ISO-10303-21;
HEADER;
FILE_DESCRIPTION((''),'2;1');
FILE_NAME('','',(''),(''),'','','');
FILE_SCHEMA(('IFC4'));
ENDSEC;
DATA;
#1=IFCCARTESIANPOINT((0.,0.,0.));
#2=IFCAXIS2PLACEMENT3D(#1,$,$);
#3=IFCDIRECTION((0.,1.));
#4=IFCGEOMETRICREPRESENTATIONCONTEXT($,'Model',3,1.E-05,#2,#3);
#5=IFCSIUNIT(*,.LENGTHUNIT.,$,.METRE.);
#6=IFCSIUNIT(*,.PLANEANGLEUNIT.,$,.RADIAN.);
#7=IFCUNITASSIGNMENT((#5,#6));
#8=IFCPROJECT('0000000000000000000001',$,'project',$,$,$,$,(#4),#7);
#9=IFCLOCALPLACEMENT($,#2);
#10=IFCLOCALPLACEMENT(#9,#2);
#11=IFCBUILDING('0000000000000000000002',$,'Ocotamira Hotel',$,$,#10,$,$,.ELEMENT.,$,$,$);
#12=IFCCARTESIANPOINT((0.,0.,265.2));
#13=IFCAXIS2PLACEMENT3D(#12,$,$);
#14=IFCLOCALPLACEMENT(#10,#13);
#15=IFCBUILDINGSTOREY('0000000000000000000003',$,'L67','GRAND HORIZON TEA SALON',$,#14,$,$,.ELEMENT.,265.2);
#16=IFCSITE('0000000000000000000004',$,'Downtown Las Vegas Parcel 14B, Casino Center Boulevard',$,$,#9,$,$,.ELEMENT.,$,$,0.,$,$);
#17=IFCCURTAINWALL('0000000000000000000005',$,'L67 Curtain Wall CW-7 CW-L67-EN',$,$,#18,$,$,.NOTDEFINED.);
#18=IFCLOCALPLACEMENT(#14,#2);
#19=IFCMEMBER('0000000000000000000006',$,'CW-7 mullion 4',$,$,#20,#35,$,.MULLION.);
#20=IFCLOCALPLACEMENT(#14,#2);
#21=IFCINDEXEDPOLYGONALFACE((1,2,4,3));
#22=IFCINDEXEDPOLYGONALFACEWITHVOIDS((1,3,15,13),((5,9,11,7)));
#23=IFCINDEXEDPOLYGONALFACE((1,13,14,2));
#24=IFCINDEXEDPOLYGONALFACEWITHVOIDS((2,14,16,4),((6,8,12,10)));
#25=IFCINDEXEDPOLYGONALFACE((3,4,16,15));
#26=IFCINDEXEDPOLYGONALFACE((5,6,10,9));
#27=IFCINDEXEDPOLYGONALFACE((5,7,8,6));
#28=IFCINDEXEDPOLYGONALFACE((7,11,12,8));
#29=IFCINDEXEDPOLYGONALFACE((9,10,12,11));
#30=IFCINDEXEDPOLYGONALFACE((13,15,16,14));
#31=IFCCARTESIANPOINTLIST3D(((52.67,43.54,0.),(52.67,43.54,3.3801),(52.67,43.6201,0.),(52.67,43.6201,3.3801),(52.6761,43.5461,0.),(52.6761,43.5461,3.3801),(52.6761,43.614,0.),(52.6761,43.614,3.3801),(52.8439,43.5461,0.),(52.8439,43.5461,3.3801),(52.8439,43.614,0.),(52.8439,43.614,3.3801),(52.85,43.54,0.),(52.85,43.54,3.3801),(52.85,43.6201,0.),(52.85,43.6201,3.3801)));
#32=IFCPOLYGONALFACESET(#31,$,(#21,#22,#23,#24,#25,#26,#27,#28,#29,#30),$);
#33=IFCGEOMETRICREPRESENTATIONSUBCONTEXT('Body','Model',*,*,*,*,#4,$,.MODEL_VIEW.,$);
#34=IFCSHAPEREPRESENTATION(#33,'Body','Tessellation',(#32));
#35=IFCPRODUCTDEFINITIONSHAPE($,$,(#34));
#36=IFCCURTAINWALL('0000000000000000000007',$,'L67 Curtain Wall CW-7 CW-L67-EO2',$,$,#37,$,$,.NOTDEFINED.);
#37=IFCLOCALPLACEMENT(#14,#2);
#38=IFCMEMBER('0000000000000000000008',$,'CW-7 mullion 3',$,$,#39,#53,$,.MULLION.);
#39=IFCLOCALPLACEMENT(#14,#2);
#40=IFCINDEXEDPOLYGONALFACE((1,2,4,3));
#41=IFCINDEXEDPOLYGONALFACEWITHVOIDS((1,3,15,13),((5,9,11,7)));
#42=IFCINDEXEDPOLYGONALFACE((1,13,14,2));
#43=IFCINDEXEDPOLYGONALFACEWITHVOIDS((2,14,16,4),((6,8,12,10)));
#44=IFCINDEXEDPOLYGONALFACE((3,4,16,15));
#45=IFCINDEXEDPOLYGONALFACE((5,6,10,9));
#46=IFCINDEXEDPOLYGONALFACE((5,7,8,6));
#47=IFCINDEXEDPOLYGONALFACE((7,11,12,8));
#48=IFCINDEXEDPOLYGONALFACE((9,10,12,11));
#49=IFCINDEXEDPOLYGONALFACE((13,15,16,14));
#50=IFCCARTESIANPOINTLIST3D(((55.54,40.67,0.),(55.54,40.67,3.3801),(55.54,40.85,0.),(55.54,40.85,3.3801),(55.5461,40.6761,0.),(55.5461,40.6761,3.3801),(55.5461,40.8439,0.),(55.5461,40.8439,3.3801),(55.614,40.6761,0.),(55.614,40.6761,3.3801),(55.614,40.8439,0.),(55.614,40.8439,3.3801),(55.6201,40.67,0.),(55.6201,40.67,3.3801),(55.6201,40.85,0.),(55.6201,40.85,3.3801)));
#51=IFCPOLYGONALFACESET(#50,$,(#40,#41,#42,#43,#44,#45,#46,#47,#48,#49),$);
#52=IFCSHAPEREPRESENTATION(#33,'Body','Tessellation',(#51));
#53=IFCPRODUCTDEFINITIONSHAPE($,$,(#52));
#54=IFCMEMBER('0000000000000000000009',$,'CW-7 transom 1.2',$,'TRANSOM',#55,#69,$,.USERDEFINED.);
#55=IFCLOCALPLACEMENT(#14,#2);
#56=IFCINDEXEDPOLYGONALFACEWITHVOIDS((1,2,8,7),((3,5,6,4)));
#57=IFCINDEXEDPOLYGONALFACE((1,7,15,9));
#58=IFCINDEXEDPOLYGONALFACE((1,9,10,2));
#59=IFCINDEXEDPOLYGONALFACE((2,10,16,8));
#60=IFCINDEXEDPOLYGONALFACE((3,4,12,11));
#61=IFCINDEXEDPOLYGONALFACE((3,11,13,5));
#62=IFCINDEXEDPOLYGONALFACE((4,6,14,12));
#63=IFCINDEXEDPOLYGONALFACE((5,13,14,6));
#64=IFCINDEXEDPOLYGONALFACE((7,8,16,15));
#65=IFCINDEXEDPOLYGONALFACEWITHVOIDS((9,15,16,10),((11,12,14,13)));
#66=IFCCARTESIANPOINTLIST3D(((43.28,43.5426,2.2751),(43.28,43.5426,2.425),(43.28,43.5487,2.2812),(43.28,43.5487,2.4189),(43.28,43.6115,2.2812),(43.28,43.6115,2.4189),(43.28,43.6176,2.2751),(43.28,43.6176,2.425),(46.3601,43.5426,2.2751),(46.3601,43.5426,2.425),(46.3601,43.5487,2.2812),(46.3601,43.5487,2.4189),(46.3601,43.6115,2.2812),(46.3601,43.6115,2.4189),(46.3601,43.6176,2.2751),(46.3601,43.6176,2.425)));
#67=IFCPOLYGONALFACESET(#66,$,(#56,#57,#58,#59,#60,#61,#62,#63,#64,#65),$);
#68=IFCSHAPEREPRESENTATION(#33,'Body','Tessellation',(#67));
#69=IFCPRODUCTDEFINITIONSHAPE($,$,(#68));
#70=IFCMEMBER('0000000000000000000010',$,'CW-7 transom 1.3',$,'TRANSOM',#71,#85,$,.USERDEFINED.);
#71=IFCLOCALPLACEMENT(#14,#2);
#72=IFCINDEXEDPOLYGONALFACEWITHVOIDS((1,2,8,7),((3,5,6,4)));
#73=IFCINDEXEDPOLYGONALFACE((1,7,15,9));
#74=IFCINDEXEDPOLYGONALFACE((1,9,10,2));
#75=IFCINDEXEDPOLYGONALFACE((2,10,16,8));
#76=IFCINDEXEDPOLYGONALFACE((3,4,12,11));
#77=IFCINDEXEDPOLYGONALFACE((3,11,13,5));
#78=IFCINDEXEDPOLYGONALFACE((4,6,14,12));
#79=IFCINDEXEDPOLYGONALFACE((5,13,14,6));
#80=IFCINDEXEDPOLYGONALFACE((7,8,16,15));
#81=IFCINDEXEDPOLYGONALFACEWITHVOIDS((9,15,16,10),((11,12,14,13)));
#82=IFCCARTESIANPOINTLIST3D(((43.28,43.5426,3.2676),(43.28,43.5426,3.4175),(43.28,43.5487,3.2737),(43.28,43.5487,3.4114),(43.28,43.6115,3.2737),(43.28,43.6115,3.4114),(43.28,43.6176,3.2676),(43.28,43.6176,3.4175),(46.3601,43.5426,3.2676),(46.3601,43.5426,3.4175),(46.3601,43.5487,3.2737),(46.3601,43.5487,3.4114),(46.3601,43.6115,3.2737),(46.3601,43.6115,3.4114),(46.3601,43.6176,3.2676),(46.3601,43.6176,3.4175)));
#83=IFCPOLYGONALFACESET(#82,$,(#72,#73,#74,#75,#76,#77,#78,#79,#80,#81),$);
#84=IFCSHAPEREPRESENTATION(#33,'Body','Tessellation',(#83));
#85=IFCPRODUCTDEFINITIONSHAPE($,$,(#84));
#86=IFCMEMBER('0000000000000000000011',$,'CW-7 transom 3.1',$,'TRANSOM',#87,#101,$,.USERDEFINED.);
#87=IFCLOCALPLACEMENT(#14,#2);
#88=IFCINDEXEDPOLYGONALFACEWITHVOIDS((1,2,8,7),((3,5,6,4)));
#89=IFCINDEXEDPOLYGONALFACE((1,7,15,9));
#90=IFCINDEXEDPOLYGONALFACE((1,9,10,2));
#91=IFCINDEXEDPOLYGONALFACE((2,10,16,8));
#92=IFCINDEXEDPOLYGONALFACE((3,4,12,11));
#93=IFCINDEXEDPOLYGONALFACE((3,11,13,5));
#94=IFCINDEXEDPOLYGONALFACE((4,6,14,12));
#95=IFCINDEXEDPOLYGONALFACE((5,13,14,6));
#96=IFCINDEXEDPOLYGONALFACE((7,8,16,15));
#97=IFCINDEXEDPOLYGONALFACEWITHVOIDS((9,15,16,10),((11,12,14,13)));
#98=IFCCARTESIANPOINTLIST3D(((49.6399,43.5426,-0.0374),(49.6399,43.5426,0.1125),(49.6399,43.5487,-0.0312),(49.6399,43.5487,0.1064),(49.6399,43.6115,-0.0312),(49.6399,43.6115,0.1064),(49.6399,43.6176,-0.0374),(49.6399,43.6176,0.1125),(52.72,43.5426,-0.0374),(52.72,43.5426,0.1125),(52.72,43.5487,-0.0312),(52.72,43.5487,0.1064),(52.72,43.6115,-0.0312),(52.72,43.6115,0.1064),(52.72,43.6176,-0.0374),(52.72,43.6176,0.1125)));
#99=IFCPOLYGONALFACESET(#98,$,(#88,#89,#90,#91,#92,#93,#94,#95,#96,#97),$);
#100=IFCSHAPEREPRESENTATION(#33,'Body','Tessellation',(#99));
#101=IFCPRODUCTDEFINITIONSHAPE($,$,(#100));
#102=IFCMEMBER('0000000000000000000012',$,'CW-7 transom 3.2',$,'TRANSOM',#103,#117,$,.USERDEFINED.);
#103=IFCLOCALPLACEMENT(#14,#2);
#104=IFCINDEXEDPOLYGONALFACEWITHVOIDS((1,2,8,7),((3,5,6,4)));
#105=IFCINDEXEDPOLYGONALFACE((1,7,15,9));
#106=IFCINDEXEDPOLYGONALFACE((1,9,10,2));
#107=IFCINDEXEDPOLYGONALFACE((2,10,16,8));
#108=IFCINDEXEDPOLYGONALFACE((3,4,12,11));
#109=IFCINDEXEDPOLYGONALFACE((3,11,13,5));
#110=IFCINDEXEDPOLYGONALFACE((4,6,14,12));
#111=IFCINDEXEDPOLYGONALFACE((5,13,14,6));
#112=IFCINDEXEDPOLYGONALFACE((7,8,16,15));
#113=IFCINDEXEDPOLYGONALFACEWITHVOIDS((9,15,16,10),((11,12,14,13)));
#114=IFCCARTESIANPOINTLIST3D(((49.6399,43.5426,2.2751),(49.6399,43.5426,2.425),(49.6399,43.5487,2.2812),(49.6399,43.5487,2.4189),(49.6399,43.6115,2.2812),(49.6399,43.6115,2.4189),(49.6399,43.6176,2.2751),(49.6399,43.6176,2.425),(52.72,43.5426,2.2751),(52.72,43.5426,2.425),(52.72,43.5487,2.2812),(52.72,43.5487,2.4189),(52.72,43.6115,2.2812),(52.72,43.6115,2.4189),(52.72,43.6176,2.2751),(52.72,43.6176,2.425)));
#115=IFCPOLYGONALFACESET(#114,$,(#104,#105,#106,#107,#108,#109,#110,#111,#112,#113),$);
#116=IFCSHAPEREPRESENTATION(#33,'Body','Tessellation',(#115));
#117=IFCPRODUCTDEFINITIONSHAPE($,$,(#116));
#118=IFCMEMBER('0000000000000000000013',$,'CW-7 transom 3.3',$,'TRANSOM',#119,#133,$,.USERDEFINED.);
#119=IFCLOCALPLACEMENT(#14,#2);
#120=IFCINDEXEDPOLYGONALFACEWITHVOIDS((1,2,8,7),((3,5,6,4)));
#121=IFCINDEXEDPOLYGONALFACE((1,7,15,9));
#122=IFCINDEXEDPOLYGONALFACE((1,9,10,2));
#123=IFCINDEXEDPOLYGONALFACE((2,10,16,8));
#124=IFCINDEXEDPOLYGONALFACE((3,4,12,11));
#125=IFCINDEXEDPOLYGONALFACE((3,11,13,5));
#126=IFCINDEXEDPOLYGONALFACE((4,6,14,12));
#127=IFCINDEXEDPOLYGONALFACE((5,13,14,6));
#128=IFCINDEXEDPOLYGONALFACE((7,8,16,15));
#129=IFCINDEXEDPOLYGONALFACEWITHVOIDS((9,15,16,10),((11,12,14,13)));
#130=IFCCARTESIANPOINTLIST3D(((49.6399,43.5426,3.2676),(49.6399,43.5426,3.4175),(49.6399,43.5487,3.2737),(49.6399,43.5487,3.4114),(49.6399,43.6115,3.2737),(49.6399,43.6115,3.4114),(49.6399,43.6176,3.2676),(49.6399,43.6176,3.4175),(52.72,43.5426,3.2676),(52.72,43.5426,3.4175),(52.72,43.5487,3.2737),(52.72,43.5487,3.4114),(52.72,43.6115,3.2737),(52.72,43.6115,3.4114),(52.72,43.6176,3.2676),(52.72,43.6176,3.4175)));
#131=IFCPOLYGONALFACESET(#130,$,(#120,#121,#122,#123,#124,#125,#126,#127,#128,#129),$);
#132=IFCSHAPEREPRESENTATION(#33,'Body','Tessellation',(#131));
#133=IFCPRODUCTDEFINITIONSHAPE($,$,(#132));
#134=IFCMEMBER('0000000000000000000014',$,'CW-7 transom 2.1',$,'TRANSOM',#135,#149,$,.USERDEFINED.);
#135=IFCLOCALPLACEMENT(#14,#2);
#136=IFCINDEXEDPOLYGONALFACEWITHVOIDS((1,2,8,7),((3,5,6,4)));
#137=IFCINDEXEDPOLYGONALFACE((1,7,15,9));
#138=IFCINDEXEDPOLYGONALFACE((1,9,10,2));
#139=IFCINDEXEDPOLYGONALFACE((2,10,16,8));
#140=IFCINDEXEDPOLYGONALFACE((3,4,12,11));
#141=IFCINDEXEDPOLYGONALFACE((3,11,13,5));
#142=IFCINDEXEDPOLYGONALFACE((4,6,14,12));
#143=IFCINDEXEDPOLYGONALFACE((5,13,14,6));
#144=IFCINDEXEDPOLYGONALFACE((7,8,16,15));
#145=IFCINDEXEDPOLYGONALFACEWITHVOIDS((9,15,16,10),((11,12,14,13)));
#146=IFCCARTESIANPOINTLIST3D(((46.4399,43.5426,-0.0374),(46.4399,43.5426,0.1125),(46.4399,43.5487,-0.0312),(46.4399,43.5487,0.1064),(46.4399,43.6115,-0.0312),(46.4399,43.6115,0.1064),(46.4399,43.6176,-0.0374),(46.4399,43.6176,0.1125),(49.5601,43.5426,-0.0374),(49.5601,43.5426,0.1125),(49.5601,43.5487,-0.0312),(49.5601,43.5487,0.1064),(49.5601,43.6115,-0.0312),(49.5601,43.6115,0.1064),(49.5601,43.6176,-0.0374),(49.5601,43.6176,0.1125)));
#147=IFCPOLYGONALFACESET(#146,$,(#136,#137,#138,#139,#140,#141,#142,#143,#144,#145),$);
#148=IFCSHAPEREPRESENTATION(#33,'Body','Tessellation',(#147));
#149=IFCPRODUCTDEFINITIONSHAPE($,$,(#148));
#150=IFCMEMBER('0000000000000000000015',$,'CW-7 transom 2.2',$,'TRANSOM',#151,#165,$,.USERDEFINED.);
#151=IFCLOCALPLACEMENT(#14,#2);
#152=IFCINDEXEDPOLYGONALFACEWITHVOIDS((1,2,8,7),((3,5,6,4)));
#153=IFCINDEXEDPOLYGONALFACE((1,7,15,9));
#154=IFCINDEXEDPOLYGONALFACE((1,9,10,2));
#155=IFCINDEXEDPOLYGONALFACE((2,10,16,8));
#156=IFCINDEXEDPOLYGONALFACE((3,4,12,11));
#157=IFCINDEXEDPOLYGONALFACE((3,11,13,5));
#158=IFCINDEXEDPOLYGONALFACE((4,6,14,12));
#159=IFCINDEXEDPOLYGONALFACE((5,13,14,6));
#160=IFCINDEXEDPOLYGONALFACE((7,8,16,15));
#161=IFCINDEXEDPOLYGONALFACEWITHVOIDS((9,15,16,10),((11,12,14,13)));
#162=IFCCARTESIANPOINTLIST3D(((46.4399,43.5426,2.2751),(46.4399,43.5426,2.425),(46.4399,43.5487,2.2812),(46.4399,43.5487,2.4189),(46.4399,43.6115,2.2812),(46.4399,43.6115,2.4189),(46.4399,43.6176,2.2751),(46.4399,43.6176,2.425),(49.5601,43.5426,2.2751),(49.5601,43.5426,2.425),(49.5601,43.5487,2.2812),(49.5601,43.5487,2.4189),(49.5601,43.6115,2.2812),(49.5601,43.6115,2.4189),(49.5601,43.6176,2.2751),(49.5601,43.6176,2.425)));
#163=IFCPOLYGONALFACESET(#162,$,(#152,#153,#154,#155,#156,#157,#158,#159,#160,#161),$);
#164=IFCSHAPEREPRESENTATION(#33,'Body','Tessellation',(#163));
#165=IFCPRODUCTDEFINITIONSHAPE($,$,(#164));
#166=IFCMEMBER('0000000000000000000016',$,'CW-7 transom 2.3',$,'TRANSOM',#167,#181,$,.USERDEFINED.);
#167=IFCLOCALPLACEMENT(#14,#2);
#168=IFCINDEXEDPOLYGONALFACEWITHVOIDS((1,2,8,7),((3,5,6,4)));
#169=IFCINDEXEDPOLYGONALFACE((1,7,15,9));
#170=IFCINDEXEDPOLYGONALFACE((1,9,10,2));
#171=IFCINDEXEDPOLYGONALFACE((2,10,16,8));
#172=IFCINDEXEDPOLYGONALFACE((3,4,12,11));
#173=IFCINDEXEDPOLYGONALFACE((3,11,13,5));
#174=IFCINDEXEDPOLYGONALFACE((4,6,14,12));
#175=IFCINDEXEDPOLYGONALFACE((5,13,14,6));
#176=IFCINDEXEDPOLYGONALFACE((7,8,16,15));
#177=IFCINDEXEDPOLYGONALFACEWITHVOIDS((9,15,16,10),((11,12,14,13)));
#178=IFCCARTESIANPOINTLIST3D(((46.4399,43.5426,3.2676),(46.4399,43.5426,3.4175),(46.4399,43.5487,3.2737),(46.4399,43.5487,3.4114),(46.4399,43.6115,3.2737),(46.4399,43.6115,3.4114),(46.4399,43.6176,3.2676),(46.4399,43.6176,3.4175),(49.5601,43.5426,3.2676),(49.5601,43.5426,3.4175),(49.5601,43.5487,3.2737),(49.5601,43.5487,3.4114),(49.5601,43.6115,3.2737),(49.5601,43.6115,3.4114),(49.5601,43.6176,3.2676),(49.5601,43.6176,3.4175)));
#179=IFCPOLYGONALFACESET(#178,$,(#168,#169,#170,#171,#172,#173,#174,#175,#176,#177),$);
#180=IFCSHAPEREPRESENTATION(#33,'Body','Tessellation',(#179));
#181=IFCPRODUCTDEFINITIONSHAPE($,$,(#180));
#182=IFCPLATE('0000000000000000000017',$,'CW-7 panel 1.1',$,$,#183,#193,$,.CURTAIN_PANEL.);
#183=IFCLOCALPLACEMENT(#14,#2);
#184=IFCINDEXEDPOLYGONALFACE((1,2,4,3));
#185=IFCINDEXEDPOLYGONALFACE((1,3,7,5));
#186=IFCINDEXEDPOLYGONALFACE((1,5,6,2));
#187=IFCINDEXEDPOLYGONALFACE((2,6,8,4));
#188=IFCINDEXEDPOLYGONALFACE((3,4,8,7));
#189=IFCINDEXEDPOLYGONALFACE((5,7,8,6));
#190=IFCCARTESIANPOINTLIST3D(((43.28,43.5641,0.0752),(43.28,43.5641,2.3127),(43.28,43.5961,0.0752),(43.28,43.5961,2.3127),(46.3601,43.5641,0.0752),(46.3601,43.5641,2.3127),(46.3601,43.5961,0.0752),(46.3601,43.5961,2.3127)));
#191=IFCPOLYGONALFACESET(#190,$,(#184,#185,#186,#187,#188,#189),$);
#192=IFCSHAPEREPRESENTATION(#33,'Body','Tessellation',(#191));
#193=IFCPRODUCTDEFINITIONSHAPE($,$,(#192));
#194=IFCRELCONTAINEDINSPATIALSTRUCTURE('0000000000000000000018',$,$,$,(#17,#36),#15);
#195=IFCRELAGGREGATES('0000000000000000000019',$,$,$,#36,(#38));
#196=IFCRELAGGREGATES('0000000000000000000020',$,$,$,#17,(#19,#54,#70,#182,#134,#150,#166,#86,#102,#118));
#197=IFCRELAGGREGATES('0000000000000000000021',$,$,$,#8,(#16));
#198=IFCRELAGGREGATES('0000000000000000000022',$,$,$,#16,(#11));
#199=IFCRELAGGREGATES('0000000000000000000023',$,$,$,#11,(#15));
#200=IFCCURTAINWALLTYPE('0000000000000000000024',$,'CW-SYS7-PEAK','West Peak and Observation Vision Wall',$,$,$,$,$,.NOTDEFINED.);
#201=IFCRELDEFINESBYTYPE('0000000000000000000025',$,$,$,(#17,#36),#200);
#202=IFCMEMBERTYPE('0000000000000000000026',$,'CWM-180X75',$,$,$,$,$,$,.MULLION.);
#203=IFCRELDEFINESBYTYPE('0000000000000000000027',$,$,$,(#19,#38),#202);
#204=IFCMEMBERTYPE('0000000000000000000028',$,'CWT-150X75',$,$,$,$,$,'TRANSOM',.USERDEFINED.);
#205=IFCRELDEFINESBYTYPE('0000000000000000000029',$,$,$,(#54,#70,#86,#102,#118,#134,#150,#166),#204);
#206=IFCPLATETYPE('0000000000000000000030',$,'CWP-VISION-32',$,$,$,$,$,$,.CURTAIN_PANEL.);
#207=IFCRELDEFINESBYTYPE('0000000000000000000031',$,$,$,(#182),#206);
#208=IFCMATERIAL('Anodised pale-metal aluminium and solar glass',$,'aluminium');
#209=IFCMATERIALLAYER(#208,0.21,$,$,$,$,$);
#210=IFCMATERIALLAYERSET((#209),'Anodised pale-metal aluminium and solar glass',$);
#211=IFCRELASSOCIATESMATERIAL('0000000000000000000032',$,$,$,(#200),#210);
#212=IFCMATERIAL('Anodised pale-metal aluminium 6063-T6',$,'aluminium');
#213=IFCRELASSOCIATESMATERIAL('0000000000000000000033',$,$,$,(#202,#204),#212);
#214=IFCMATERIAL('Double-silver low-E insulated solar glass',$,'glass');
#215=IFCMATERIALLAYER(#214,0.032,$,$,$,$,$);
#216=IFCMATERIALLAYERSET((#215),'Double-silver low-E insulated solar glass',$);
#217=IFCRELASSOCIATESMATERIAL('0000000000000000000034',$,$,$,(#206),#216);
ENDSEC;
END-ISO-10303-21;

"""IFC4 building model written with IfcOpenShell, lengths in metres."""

from ifc_helpers import new_model, si_unit, direction, frame, origin, origin_2d, place, context, subcontext, project, spatial, rectangle, hollow_rectangle, extrude, source, transform, mapped, material, layer, layer_set, material_profile, profile_set, type_object, element, aggregate, save


model = new_model("IFC4")

# Units and contexts
model_context = context("Model", 3, precision=1e-05, world=origin(), true_north=direction((0.0, 1.0)))
body_context = subcontext(model_context, "Body", "Model", "MODEL_VIEW")
ifc_project = project(units=[si_unit("LENGTHUNIT", "METRE"), si_unit("PLANEANGLEUNIT", "RADIAN")], contexts=[model_context])

# Site, building, storey
site_placement = place(None, origin())
site = spatial("IfcSite", under=ifc_project, at=site_placement, Name="Downtown Las Vegas Parcel 14B, Casino Center Boulevard", CompositionType="ELEMENT", RefElevation=0.0)
building_placement = place(site_placement, origin())
building = spatial("IfcBuilding", under=site, at=building_placement, Name="Ocotamira Hotel", CompositionType="ELEMENT")
storey_placement = place(building_placement, frame((0.0, 0.0, 265.2)))
storey = spatial("IfcBuildingStorey", under=building, at=storey_placement, Name="L67", Description="GRAND HORIZON TEA SALON", CompositionType="ELEMENT", Elevation=265.2)

# Curtain wall, member
ifc_material_1 = material(Name="Anodised pale-metal aluminium and solar glass", Category="aluminium")
ifc_layer_1 = layer(ifc_material_1, 0.21)
ifc_layer_set_1 = layer_set([ifc_layer_1], Name="Anodised pale-metal aluminium and solar glass")
curtain_wall_type = type_object("IfcCurtainWallType", Name="CW-SYS7-PEAK", Description="West Peak and Observation Vision Wall", PredefinedType="NOTDEFINED", material=ifc_layer_set_1)
curtain_wall_1_placement = place(storey_placement, origin())
curtain_wall_1 = element("IfcCurtainWall", 1, at=curtain_wall_1_placement, inside=storey, type_object=curtain_wall_type, Name="L67 Curtain Wall CW-7 CW-L67-EN", PredefinedType="NOTDEFINED")
ifc_material_2 = material(Name="Anodised pale-metal aluminium 6063-T6", Category="aluminium")
ifc_material_profile_1 = material_profile(ifc_material_2, hollow_rectangle(XDim=0.0801, YDim=0.1799, WallThickness=0.0061, at=origin_2d()), Name="HSS180X80X6")
ifc_profile_set_1 = profile_set([ifc_material_profile_1], Name="Anodised pale-metal aluminium 6063-T6")
member_type_1 = type_object("IfcMemberType", Name="CWM-180X75", PredefinedType="MULLION", material=ifc_profile_set_1)
shared_shape_1 = source(origin(), body_context, "Body", "SweptSolid", [
    extrude(hollow_rectangle(XDim=0.0801, YDim=0.1799, WallThickness=0.0061, at=origin_2d()), origin(), (0.0, 0.0, 1.0), 3.3801),
])
member_1_placement = place(storey_placement, frame((52.76, 43.5801, 0.0), z_axis=(0.0, 0.0, 1.0), x_axis=(0.0, 1.0, 0.0)))
member_1 = element("IfcMember", 2, at=member_1_placement, type_object=member_type_1, Name="CW-7 mullion 4", PredefinedType="MULLION", context=body_context, shape_type="MappedRepresentation", body=[
    mapped(shared_shape_1, transform((0.0, 0.0, 0.0), scale=1.0)),
])

# Curtain wall, member
curtain_wall_2_placement = place(storey_placement, origin())
curtain_wall_2 = element("IfcCurtainWall", 3, at=curtain_wall_2_placement, inside=storey, type_object=curtain_wall_type, Name="L67 Curtain Wall CW-7 CW-L67-EO2", PredefinedType="NOTDEFINED")
member_2_placement = place(storey_placement, frame((55.5801, 40.76, 0.0), z_axis=(0.0, 0.0, 1.0), x_axis=(-1.0, 0.0, 0.0)))
member_2 = element("IfcMember", 4, at=member_2_placement, type_object=member_type_1, Name="CW-7 mullion 3", PredefinedType="MULLION", context=body_context, shape_type="MappedRepresentation", body=[
    mapped(shared_shape_1, transform((0.0, 0.0, 0.0), scale=1.0)),
])
aggregate(curtain_wall_2, [member_2])

# Members
ifc_material_profile_2 = material_profile(ifc_material_2, hollow_rectangle(XDim=0.075, YDim=0.1499, WallThickness=0.0061, at=origin_2d()), Name="HSS150X75X6")
ifc_profile_set_2 = profile_set([ifc_material_profile_2], Name="Anodised pale-metal aluminium 6063-T6")
member_type_2 = type_object("IfcMemberType", Name="CWT-150X75", ElementType="TRANSOM", PredefinedType="USERDEFINED", material=ifc_profile_set_2)
shared_shape_2 = source(origin(), body_context, "Body", "SweptSolid", [
    extrude(hollow_rectangle(XDim=0.075, YDim=0.1499, WallThickness=0.0061, at=origin_2d()), origin(), (0.0, 0.0, 1.0), 3.0801),
])
member_3_placement = place(storey_placement, frame((43.28, 43.5801, 2.3501), z_axis=(1.0, 0.0, 0.0), x_axis=(0.0, 1.0, 0.0)))
member_3 = element("IfcMember", 5, at=member_3_placement, type_object=member_type_2, Name="CW-7 transom 1.2", ObjectType="TRANSOM", PredefinedType="USERDEFINED", context=body_context, shape_type="MappedRepresentation", body=[
    mapped(shared_shape_2, transform((0.0, 0.0, 0.0), scale=1.0)),
])
member_4_placement = place(storey_placement, frame((43.28, 43.5801, 3.3425), z_axis=(1.0, 0.0, 0.0), x_axis=(0.0, 1.0, 0.0)))
member_4 = element("IfcMember", 6, at=member_4_placement, type_object=member_type_2, Name="CW-7 transom 1.3", ObjectType="TRANSOM", PredefinedType="USERDEFINED", context=body_context, shape_type="MappedRepresentation", body=[
    mapped(shared_shape_2, transform((0.0, 0.0, 0.0), scale=1.0)),
])
member_5_placement = place(storey_placement, frame((49.6399, 43.5801, 0.0376), z_axis=(1.0, 0.0, 0.0), x_axis=(0.0, 1.0, 0.0)))
member_5 = element("IfcMember", 7, at=member_5_placement, type_object=member_type_2, Name="CW-7 transom 3.1", ObjectType="TRANSOM", PredefinedType="USERDEFINED", context=body_context, shape_type="MappedRepresentation", body=[
    mapped(shared_shape_2, transform((0.0, 0.0, 0.0), scale=1.0)),
])
member_6_placement = place(storey_placement, frame((49.6399, 43.5801, 2.3501), z_axis=(1.0, 0.0, 0.0), x_axis=(0.0, 1.0, 0.0)))
member_6 = element("IfcMember", 8, at=member_6_placement, type_object=member_type_2, Name="CW-7 transom 3.2", ObjectType="TRANSOM", PredefinedType="USERDEFINED", context=body_context, shape_type="MappedRepresentation", body=[
    mapped(shared_shape_2, transform((0.0, 0.0, 0.0), scale=1.0)),
])
member_7_placement = place(storey_placement, frame((49.6399, 43.5801, 3.3425), z_axis=(1.0, 0.0, 0.0), x_axis=(0.0, 1.0, 0.0)))
member_7 = element("IfcMember", 9, at=member_7_placement, type_object=member_type_2, Name="CW-7 transom 3.3", ObjectType="TRANSOM", PredefinedType="USERDEFINED", context=body_context, shape_type="MappedRepresentation", body=[
    mapped(shared_shape_2, transform((0.0, 0.0, 0.0), scale=1.0)),
])
shared_shape_3 = source(origin(), body_context, "Body", "SweptSolid", [
    extrude(hollow_rectangle(XDim=0.075, YDim=0.1499, WallThickness=0.0061, at=origin_2d()), origin(), (0.0, 0.0, 1.0), 3.1201),
])
member_8_placement = place(storey_placement, frame((46.4399, 43.5801, 0.0376), z_axis=(1.0, 0.0, 0.0), x_axis=(0.0, 1.0, 0.0)))
member_8 = element("IfcMember", 10, at=member_8_placement, type_object=member_type_2, Name="CW-7 transom 2.1", ObjectType="TRANSOM", PredefinedType="USERDEFINED", context=body_context, shape_type="MappedRepresentation", body=[
    mapped(shared_shape_3, transform((0.0, 0.0, 0.0), scale=1.0)),
])
member_9_placement = place(storey_placement, frame((46.4399, 43.5801, 2.3501), z_axis=(1.0, 0.0, 0.0), x_axis=(0.0, 1.0, 0.0)))
member_9 = element("IfcMember", 11, at=member_9_placement, type_object=member_type_2, Name="CW-7 transom 2.2", ObjectType="TRANSOM", PredefinedType="USERDEFINED", context=body_context, shape_type="MappedRepresentation", body=[
    mapped(shared_shape_3, transform((0.0, 0.0, 0.0), scale=1.0)),
])
member_10_placement = place(storey_placement, frame((46.4399, 43.5801, 3.3425), z_axis=(1.0, 0.0, 0.0), x_axis=(0.0, 1.0, 0.0)))
member_10 = element("IfcMember", 12, at=member_10_placement, type_object=member_type_2, Name="CW-7 transom 2.3", ObjectType="TRANSOM", PredefinedType="USERDEFINED", context=body_context, shape_type="MappedRepresentation", body=[
    mapped(shared_shape_3, transform((0.0, 0.0, 0.0), scale=1.0)),
])

# Plate
ifc_material_3 = material(Name="Double-silver low-E insulated solar glass", Category="glass")
ifc_layer_2 = layer(ifc_material_3, 0.032)
ifc_layer_set_2 = layer_set([ifc_layer_2], Name="Double-silver low-E insulated solar glass")
plate_type = type_object("IfcPlateType", Name="CWP-VISION-32", PredefinedType="CURTAIN_PANEL", material=ifc_layer_set_2)
shared_shape_4 = source(origin(), body_context, "Body", "SweptSolid", [
    extrude(rectangle(XDim=3.0801, YDim=0.032, at=origin_2d()), origin(), (0.0, 0.0, 1.0), 2.2375),
])
plate_1_placement = place(storey_placement, frame((44.8201, 43.5801, 0.0752), z_axis=(0.0, 0.0, 1.0), x_axis=(1.0, 0.0, 0.0)))
plate_1 = element("IfcPlate", 13, at=plate_1_placement, type_object=plate_type, Name="CW-7 panel 1.1", PredefinedType="CURTAIN_PANEL", context=body_context, shape_type="MappedRepresentation", body=[
    mapped(shared_shape_4, transform((0.0, 0.0, 0.0), scale=1.0)),
])
aggregate(curtain_wall_1, [member_1, member_3, member_4, plate_1, member_8, member_9, member_10, member_5, member_6, member_7])

save(model, "model.ifc")
